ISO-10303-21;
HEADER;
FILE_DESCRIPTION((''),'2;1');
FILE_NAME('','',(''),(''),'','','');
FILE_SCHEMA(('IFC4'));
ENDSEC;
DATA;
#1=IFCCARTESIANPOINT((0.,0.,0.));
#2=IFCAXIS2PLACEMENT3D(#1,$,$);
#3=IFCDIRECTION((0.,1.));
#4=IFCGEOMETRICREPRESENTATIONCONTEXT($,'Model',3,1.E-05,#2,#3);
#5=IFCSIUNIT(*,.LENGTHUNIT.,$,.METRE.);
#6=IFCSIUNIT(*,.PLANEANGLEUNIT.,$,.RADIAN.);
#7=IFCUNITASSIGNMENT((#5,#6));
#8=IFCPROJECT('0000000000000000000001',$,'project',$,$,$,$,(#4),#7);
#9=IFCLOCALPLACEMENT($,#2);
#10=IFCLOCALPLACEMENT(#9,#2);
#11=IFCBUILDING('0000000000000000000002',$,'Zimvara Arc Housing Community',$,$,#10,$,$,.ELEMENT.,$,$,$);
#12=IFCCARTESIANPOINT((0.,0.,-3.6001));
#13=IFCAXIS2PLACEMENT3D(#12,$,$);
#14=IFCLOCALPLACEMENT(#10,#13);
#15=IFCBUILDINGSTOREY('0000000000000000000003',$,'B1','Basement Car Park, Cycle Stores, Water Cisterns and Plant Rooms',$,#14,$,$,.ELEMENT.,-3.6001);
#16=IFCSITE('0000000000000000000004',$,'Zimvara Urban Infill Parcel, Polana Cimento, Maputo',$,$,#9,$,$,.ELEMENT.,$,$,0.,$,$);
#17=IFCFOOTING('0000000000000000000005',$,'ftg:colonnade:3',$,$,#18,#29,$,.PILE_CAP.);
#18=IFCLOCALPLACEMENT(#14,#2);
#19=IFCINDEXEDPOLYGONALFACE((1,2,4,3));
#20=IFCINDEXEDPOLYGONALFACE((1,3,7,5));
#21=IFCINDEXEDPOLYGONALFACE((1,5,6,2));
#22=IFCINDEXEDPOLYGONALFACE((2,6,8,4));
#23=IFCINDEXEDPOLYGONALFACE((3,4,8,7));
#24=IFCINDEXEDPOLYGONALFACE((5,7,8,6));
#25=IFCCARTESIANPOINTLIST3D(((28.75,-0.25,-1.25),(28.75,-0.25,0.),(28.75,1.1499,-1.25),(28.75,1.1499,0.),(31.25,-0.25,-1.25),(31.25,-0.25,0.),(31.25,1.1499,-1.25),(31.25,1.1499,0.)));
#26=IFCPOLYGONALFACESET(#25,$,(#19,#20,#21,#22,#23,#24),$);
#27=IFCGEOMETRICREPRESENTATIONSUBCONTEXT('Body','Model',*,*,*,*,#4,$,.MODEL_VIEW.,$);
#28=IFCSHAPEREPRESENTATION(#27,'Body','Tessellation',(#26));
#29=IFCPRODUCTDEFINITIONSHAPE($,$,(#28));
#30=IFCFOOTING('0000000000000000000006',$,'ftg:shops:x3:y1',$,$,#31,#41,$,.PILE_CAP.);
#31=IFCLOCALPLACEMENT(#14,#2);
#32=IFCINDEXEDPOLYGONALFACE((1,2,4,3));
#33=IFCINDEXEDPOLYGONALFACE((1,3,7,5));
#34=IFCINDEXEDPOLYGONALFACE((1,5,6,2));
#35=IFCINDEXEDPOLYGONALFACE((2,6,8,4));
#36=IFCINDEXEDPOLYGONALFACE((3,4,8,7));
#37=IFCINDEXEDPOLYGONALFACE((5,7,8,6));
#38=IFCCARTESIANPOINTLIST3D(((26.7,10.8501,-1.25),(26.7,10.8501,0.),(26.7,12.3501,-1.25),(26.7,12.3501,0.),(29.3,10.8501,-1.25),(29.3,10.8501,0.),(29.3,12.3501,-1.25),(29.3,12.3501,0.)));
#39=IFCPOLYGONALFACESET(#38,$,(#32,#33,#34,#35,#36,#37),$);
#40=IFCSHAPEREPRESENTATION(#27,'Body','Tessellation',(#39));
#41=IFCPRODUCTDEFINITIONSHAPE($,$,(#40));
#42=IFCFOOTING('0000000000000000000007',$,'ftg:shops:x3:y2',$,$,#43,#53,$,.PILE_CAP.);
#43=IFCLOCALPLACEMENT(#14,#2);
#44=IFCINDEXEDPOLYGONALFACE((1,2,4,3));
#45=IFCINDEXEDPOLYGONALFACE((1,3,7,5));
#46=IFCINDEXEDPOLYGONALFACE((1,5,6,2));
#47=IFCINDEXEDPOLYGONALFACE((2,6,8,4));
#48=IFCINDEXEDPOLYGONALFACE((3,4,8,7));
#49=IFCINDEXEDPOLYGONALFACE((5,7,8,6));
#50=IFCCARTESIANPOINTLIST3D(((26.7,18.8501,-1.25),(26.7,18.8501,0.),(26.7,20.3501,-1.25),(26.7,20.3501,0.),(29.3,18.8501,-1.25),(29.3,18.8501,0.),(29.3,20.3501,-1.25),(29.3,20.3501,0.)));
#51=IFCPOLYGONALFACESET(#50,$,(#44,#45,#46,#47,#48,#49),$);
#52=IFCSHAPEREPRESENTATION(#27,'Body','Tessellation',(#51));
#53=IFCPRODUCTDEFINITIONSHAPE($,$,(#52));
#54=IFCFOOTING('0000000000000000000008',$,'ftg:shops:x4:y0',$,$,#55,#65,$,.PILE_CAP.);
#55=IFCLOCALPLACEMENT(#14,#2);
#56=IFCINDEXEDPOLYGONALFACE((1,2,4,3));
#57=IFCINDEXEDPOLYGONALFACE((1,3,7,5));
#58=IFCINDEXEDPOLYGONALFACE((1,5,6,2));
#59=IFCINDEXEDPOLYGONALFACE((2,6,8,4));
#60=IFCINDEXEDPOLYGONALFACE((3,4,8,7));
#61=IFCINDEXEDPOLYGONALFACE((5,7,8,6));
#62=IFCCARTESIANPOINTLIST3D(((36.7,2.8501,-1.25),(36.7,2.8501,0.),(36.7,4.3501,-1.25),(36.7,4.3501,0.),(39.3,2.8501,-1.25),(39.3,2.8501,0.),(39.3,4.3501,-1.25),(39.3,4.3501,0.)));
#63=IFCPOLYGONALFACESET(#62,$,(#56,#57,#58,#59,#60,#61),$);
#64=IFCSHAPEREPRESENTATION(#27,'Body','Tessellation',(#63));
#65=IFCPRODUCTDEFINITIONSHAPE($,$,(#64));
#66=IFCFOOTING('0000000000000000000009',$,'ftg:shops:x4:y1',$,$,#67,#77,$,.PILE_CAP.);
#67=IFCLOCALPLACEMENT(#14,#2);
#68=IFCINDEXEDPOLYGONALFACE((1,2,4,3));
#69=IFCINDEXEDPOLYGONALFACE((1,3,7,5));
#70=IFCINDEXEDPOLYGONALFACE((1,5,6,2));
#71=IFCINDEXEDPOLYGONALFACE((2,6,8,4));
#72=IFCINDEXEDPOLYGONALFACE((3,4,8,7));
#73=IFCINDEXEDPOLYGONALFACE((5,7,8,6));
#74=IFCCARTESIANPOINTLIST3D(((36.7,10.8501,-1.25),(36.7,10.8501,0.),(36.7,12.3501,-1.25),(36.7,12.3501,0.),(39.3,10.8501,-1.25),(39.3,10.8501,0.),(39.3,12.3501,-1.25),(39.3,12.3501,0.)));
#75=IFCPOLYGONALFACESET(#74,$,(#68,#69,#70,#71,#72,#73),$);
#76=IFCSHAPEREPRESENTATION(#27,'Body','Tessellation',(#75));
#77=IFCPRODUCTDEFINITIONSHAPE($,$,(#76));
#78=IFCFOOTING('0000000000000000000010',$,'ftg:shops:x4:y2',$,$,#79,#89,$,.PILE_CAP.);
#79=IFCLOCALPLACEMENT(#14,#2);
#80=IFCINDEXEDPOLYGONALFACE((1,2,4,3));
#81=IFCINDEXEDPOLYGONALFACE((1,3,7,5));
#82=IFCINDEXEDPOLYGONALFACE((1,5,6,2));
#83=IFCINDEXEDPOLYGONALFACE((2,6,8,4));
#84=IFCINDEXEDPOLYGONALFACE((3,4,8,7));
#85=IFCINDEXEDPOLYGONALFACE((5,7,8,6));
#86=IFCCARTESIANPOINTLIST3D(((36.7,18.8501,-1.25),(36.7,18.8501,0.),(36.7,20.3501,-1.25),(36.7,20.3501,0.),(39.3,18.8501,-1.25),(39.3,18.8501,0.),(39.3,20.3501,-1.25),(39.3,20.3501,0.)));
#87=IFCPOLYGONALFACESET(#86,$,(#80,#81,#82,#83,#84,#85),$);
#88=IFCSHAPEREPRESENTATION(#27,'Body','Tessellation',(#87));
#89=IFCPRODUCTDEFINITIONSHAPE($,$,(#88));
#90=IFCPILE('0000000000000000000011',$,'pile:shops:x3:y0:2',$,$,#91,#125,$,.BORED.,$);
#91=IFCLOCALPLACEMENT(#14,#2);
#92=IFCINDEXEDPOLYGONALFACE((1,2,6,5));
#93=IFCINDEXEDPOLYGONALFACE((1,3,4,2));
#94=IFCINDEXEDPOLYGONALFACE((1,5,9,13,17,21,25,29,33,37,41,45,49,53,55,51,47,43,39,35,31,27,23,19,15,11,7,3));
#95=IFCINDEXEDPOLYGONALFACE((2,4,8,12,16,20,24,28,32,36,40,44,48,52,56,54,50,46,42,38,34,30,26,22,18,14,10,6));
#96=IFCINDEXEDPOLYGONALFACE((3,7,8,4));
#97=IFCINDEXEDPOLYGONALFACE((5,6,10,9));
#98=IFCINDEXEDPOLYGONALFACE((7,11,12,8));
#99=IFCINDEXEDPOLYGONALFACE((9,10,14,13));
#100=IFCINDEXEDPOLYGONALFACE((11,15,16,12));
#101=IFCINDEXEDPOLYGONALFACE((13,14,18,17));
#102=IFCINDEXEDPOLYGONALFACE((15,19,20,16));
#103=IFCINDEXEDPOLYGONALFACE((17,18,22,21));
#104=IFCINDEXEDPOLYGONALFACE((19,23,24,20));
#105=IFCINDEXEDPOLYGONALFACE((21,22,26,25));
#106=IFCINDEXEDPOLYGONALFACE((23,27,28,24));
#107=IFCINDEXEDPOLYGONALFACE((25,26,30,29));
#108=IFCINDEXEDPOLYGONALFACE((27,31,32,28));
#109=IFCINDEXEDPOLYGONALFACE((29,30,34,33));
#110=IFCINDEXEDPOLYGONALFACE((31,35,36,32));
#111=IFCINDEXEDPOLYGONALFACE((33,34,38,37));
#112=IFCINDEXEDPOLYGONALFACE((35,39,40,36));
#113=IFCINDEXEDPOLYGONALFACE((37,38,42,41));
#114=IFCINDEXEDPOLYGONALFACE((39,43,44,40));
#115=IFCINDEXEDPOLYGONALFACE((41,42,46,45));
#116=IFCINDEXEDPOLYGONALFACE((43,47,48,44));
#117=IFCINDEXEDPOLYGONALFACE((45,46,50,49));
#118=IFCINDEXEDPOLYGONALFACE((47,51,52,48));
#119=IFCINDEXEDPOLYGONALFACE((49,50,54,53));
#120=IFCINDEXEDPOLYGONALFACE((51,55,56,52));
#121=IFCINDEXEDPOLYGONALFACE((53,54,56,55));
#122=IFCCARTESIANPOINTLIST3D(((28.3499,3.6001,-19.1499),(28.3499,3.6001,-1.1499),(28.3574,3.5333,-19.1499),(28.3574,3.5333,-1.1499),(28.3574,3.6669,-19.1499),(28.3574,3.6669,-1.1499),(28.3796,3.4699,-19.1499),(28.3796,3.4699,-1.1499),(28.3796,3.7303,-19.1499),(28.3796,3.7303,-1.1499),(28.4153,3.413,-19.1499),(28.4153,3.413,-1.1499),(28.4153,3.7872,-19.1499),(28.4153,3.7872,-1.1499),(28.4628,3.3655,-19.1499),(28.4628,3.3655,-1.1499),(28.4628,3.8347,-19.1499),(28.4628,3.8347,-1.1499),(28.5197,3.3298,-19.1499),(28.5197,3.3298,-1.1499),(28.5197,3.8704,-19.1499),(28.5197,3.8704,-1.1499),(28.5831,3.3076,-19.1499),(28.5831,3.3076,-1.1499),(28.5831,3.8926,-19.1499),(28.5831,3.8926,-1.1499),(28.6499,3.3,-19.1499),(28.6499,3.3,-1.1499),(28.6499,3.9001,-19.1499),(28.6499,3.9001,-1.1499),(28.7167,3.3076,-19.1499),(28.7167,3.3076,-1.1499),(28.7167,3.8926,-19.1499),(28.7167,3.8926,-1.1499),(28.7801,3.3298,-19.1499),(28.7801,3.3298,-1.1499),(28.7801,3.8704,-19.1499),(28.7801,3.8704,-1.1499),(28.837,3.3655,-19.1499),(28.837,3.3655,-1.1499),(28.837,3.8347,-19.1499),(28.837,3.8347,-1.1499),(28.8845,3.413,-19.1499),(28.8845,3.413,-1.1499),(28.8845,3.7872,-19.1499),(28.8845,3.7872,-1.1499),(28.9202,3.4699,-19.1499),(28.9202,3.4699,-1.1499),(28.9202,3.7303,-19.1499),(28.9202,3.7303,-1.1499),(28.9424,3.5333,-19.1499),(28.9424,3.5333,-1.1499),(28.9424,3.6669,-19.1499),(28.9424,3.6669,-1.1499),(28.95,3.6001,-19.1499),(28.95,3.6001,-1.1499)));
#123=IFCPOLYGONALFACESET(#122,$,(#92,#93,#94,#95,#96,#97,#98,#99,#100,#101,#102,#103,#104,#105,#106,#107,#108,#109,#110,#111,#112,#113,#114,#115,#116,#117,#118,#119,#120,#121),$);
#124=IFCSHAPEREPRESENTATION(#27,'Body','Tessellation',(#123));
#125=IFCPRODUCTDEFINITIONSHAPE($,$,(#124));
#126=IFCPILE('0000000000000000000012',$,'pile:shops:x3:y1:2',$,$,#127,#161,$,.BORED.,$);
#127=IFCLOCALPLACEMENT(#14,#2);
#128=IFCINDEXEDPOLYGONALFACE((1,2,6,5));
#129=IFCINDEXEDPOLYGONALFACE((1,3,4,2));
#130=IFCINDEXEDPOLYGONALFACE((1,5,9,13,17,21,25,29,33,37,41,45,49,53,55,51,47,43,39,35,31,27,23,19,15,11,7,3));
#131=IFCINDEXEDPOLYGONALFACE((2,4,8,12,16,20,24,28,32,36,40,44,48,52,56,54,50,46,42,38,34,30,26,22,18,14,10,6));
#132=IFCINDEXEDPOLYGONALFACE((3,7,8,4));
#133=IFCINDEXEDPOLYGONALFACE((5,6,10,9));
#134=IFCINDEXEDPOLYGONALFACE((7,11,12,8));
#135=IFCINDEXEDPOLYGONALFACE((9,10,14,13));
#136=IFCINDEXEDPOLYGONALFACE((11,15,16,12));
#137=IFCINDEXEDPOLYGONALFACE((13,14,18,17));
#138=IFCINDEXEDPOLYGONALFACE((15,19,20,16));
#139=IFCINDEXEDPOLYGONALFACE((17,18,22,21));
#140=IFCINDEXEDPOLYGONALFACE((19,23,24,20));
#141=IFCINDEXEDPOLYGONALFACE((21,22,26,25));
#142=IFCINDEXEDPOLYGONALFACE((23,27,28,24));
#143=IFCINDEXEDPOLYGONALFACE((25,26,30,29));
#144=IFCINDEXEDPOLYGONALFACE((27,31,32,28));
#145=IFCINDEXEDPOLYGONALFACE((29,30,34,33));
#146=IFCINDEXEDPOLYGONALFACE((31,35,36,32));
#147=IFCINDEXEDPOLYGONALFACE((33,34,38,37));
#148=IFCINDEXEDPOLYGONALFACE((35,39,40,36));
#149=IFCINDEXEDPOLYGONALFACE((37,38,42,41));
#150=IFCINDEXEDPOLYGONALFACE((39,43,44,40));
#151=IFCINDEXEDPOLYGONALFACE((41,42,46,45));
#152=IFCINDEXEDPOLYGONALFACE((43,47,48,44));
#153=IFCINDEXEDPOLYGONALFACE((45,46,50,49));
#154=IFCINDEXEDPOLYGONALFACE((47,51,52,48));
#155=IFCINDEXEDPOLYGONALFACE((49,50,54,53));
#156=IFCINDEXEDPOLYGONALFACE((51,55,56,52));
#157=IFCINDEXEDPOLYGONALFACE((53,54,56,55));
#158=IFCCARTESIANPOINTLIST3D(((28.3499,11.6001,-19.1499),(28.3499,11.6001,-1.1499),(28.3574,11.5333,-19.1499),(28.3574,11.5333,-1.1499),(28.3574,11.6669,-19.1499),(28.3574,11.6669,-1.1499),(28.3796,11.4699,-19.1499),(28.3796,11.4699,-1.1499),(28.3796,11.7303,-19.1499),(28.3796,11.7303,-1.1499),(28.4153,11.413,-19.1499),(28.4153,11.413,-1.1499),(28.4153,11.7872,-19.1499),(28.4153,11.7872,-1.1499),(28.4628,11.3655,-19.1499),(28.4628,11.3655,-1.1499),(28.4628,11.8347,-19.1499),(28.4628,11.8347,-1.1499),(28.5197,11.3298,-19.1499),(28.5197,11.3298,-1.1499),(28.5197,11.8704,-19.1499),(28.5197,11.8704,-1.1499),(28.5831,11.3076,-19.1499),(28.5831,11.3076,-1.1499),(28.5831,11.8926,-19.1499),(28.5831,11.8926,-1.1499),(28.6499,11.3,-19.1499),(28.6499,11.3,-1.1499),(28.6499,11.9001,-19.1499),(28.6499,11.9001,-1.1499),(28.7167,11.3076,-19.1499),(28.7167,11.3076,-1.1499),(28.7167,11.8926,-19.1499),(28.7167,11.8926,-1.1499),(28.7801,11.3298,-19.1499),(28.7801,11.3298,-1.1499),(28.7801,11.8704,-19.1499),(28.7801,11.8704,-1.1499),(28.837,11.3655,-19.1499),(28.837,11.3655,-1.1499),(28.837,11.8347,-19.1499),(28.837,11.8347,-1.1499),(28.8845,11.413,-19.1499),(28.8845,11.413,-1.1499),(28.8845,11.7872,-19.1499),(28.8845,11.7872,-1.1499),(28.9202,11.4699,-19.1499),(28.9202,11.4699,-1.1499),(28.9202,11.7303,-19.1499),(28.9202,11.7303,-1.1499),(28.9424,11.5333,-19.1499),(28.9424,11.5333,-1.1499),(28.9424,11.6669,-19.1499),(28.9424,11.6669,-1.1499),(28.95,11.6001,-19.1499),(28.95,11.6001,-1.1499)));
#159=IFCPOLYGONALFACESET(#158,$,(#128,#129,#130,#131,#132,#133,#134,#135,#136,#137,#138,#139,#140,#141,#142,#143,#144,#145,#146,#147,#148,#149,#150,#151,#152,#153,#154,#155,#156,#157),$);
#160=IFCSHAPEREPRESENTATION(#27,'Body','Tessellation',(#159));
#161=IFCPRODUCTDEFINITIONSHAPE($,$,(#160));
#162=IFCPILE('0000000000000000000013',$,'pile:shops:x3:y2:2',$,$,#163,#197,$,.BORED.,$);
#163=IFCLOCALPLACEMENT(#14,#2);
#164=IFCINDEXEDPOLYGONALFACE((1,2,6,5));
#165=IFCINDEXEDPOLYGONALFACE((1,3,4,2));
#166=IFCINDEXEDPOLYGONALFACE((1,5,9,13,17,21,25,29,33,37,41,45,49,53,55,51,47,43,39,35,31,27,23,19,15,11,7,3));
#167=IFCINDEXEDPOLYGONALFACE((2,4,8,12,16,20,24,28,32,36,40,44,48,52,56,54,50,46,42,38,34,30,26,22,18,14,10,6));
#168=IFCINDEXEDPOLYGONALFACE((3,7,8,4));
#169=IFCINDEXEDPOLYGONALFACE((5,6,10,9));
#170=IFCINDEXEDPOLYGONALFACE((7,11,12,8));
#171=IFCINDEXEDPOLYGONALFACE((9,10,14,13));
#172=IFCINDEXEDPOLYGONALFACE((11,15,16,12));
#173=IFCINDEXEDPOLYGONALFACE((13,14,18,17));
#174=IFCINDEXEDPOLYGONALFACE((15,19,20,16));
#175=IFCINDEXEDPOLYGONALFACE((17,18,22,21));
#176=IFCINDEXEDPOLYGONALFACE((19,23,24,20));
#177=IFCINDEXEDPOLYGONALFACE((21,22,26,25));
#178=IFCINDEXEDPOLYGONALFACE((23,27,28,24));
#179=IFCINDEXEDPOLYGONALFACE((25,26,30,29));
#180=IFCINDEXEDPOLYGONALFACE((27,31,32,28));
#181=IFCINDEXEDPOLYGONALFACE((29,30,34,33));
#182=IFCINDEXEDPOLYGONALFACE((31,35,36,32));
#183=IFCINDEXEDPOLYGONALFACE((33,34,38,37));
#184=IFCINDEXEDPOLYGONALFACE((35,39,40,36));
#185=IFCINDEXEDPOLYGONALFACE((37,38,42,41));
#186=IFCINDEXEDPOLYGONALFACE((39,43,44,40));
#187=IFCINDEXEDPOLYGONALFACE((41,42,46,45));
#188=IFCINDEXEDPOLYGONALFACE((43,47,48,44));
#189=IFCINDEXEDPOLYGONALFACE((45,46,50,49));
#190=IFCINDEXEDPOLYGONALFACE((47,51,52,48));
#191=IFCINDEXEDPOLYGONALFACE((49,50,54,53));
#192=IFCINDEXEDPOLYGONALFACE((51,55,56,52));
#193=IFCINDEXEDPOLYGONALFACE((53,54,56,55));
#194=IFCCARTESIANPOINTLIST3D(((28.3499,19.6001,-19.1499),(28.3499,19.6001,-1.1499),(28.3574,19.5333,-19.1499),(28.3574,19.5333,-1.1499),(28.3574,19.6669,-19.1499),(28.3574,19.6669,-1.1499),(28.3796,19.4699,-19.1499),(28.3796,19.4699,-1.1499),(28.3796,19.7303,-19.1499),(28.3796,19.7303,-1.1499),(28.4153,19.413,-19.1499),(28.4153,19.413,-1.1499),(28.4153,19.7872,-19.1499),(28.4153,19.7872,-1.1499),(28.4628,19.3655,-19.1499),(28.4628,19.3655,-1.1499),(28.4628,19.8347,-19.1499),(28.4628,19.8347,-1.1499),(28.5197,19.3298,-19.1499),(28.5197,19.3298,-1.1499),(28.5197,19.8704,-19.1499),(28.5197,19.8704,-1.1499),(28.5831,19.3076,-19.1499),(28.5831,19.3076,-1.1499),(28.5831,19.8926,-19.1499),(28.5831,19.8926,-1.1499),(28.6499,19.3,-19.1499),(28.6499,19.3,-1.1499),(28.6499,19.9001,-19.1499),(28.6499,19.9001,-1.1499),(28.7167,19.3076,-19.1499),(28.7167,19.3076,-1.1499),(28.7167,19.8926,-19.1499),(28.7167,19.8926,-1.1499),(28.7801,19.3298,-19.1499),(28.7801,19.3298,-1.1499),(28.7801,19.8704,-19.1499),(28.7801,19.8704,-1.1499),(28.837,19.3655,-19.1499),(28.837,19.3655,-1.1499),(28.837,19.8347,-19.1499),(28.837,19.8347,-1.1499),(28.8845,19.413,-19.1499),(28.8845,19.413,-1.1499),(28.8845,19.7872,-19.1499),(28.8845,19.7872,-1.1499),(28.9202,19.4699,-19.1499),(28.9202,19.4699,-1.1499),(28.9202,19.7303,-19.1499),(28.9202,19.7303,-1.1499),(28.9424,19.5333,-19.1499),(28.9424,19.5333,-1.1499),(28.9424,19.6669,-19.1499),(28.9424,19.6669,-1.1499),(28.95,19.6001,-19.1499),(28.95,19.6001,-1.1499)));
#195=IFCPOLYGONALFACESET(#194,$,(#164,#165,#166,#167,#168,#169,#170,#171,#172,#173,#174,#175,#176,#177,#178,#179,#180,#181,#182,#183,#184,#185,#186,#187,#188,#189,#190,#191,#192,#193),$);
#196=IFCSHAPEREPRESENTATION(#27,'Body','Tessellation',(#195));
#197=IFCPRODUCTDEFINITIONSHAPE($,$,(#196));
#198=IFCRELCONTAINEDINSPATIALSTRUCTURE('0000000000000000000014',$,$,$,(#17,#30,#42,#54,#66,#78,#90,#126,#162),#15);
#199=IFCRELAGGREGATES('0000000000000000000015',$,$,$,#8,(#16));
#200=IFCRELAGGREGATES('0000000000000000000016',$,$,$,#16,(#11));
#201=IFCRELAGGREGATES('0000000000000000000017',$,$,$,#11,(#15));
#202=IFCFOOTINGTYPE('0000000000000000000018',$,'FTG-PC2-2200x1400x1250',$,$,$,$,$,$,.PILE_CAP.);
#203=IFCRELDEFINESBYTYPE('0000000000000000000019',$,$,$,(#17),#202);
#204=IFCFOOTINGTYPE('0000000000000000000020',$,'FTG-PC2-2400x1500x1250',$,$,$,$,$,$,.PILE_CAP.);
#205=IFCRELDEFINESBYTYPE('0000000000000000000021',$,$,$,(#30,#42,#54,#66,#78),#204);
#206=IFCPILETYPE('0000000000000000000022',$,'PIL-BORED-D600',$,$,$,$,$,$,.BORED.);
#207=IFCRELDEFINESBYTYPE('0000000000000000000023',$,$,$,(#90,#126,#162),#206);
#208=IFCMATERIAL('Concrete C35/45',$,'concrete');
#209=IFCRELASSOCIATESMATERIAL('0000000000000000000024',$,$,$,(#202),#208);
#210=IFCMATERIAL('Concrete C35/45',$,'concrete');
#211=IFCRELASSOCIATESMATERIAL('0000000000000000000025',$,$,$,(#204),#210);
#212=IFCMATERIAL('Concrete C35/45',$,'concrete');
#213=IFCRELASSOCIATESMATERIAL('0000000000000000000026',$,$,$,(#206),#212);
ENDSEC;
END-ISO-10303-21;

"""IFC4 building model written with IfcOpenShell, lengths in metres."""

from ifc_helpers import new_model, si_unit, direction, frame, origin, origin_2d, place, context, subcontext, project, spatial, rectangle, circle, extrude, material, material_profile, profile_set, type_object, element, save


model = new_model("IFC4")

# Units and contexts
model_context = context("Model", 3, precision=1e-05, world=origin(), true_north=direction((0.0, 1.0)))
body_context = subcontext(model_context, "Body", "Model", "MODEL_VIEW")
ifc_project = project(units=[si_unit("LENGTHUNIT", "METRE"), si_unit("PLANEANGLEUNIT", "RADIAN")], contexts=[model_context])

# Site, building, storey
site_placement = place(None, origin())
site = spatial("IfcSite", under=ifc_project, at=site_placement, Name="Zimvara Urban Infill Parcel, Polana Cimento, Maputo", CompositionType="ELEMENT", RefElevation=0.0)
building_placement = place(site_placement, origin())
building = spatial("IfcBuilding", under=site, at=building_placement, Name="Zimvara Arc Housing Community", CompositionType="ELEMENT")
storey_placement = place(building_placement, frame((0.0, 0.0, -3.6001)))
storey = spatial("IfcBuildingStorey", under=building, at=storey_placement, Name="B1", Description="Basement Car Park, Cycle Stores, Water Cisterns and Plant Rooms", CompositionType="ELEMENT", Elevation=-3.6001)

# Footings
ifc_material_1 = material(Name="Concrete C35/45", Category="concrete")
footing_type_1 = type_object("IfcFootingType", Name="FTG-PC2-2200x1400x1250", PredefinedType="PILE_CAP", material=ifc_material_1)
footing_placement = place(storey_placement, frame((30.0, 0.45, -1.25), z_axis=(0.0, 0.0, 1.0), x_axis=(1.0, 0.0, 0.0)))
element("IfcFooting", 1, at=footing_placement, inside=storey, type_object=footing_type_1, Name="ftg:colonnade:3", PredefinedType="PILE_CAP", context=body_context, shape_type="SweptSolid", body=[
    extrude(rectangle(XDim=2.5, YDim=1.3999, at=origin_2d()), origin(), (0.0, 0.0, 1.0), 1.25),
])
ifc_material_2 = material(Name="Concrete C35/45", Category="concrete")
footing_type_2 = type_object("IfcFootingType", Name="FTG-PC2-2400x1500x1250", PredefinedType="PILE_CAP", material=ifc_material_2)
for number, where, z_axis, x_axis, name in (
    (2, (28.0, 11.6001, -1.25), (0.0, 0.0, 1.0), (1.0, 0.0, 0.0), "ftg:shops:x3:y1"),
    (3, (28.0, 19.6001, -1.25), (0.0, 0.0, 1.0), (1.0, 0.0, 0.0), "ftg:shops:x3:y2"),
    (4, (38.0, 3.6001, -1.25), (0.0, 0.0, 1.0), (1.0, 0.0, 0.0), "ftg:shops:x4:y0"),
    (5, (38.0, 11.6001, -1.25), (0.0, 0.0, 1.0), (1.0, 0.0, 0.0), "ftg:shops:x4:y1"),
    (6, (38.0, 19.6001, -1.25), (0.0, 0.0, 1.0), (1.0, 0.0, 0.0), "ftg:shops:x4:y2"),
):
    element("IfcFooting", number, at=place(storey_placement, frame(where, z_axis=z_axis, x_axis=x_axis)), inside=storey, type_object=footing_type_2, Name=name, PredefinedType="PILE_CAP", context=body_context, shape_type="SweptSolid", body=[
        extrude(rectangle(XDim=2.6001, YDim=1.5, at=origin_2d()), origin(), (0.0, 0.0, 1.0), 1.25),
    ])

# Piles
ifc_material_3 = material(Name="Concrete C35/45", Category="concrete")
ifc_material_profile_1 = material_profile(ifc_material_3, circle(Radius=0.3, at=origin_2d()), Name="PILE D600")
ifc_profile_set_1 = profile_set([ifc_material_profile_1], Name="Concrete C35/45")
pile_type = type_object("IfcPileType", Name="PIL-BORED-D600", PredefinedType="BORED", material=ifc_profile_set_1)
for number, where, z_axis, x_axis, name in (
    (7, (28.6499, 3.6001, -1.1499), (0.0, 0.0, -1.0), (1.0, 0.0, 0.0), "pile:shops:x3:y0:2"),
    (8, (28.6499, 11.6001, -1.1499), (0.0, 0.0, -1.0), (1.0, 0.0, 0.0), "pile:shops:x3:y1:2"),
    (9, (28.6499, 19.6001, -1.1499), (0.0, 0.0, -1.0), (1.0, 0.0, 0.0), "pile:shops:x3:y2:2"),
):
    element("IfcPile", number, at=place(storey_placement, frame(where, z_axis=z_axis, x_axis=x_axis)), inside=storey, type_object=pile_type, Name=name, PredefinedType="BORED", context=body_context, shape_type="SweptSolid", body=[
        extrude(circle(Radius=0.3, at=origin_2d()), origin(), (0.0, 0.0, 1.0), 18.0),
    ])

save(model, "model.ifc")
